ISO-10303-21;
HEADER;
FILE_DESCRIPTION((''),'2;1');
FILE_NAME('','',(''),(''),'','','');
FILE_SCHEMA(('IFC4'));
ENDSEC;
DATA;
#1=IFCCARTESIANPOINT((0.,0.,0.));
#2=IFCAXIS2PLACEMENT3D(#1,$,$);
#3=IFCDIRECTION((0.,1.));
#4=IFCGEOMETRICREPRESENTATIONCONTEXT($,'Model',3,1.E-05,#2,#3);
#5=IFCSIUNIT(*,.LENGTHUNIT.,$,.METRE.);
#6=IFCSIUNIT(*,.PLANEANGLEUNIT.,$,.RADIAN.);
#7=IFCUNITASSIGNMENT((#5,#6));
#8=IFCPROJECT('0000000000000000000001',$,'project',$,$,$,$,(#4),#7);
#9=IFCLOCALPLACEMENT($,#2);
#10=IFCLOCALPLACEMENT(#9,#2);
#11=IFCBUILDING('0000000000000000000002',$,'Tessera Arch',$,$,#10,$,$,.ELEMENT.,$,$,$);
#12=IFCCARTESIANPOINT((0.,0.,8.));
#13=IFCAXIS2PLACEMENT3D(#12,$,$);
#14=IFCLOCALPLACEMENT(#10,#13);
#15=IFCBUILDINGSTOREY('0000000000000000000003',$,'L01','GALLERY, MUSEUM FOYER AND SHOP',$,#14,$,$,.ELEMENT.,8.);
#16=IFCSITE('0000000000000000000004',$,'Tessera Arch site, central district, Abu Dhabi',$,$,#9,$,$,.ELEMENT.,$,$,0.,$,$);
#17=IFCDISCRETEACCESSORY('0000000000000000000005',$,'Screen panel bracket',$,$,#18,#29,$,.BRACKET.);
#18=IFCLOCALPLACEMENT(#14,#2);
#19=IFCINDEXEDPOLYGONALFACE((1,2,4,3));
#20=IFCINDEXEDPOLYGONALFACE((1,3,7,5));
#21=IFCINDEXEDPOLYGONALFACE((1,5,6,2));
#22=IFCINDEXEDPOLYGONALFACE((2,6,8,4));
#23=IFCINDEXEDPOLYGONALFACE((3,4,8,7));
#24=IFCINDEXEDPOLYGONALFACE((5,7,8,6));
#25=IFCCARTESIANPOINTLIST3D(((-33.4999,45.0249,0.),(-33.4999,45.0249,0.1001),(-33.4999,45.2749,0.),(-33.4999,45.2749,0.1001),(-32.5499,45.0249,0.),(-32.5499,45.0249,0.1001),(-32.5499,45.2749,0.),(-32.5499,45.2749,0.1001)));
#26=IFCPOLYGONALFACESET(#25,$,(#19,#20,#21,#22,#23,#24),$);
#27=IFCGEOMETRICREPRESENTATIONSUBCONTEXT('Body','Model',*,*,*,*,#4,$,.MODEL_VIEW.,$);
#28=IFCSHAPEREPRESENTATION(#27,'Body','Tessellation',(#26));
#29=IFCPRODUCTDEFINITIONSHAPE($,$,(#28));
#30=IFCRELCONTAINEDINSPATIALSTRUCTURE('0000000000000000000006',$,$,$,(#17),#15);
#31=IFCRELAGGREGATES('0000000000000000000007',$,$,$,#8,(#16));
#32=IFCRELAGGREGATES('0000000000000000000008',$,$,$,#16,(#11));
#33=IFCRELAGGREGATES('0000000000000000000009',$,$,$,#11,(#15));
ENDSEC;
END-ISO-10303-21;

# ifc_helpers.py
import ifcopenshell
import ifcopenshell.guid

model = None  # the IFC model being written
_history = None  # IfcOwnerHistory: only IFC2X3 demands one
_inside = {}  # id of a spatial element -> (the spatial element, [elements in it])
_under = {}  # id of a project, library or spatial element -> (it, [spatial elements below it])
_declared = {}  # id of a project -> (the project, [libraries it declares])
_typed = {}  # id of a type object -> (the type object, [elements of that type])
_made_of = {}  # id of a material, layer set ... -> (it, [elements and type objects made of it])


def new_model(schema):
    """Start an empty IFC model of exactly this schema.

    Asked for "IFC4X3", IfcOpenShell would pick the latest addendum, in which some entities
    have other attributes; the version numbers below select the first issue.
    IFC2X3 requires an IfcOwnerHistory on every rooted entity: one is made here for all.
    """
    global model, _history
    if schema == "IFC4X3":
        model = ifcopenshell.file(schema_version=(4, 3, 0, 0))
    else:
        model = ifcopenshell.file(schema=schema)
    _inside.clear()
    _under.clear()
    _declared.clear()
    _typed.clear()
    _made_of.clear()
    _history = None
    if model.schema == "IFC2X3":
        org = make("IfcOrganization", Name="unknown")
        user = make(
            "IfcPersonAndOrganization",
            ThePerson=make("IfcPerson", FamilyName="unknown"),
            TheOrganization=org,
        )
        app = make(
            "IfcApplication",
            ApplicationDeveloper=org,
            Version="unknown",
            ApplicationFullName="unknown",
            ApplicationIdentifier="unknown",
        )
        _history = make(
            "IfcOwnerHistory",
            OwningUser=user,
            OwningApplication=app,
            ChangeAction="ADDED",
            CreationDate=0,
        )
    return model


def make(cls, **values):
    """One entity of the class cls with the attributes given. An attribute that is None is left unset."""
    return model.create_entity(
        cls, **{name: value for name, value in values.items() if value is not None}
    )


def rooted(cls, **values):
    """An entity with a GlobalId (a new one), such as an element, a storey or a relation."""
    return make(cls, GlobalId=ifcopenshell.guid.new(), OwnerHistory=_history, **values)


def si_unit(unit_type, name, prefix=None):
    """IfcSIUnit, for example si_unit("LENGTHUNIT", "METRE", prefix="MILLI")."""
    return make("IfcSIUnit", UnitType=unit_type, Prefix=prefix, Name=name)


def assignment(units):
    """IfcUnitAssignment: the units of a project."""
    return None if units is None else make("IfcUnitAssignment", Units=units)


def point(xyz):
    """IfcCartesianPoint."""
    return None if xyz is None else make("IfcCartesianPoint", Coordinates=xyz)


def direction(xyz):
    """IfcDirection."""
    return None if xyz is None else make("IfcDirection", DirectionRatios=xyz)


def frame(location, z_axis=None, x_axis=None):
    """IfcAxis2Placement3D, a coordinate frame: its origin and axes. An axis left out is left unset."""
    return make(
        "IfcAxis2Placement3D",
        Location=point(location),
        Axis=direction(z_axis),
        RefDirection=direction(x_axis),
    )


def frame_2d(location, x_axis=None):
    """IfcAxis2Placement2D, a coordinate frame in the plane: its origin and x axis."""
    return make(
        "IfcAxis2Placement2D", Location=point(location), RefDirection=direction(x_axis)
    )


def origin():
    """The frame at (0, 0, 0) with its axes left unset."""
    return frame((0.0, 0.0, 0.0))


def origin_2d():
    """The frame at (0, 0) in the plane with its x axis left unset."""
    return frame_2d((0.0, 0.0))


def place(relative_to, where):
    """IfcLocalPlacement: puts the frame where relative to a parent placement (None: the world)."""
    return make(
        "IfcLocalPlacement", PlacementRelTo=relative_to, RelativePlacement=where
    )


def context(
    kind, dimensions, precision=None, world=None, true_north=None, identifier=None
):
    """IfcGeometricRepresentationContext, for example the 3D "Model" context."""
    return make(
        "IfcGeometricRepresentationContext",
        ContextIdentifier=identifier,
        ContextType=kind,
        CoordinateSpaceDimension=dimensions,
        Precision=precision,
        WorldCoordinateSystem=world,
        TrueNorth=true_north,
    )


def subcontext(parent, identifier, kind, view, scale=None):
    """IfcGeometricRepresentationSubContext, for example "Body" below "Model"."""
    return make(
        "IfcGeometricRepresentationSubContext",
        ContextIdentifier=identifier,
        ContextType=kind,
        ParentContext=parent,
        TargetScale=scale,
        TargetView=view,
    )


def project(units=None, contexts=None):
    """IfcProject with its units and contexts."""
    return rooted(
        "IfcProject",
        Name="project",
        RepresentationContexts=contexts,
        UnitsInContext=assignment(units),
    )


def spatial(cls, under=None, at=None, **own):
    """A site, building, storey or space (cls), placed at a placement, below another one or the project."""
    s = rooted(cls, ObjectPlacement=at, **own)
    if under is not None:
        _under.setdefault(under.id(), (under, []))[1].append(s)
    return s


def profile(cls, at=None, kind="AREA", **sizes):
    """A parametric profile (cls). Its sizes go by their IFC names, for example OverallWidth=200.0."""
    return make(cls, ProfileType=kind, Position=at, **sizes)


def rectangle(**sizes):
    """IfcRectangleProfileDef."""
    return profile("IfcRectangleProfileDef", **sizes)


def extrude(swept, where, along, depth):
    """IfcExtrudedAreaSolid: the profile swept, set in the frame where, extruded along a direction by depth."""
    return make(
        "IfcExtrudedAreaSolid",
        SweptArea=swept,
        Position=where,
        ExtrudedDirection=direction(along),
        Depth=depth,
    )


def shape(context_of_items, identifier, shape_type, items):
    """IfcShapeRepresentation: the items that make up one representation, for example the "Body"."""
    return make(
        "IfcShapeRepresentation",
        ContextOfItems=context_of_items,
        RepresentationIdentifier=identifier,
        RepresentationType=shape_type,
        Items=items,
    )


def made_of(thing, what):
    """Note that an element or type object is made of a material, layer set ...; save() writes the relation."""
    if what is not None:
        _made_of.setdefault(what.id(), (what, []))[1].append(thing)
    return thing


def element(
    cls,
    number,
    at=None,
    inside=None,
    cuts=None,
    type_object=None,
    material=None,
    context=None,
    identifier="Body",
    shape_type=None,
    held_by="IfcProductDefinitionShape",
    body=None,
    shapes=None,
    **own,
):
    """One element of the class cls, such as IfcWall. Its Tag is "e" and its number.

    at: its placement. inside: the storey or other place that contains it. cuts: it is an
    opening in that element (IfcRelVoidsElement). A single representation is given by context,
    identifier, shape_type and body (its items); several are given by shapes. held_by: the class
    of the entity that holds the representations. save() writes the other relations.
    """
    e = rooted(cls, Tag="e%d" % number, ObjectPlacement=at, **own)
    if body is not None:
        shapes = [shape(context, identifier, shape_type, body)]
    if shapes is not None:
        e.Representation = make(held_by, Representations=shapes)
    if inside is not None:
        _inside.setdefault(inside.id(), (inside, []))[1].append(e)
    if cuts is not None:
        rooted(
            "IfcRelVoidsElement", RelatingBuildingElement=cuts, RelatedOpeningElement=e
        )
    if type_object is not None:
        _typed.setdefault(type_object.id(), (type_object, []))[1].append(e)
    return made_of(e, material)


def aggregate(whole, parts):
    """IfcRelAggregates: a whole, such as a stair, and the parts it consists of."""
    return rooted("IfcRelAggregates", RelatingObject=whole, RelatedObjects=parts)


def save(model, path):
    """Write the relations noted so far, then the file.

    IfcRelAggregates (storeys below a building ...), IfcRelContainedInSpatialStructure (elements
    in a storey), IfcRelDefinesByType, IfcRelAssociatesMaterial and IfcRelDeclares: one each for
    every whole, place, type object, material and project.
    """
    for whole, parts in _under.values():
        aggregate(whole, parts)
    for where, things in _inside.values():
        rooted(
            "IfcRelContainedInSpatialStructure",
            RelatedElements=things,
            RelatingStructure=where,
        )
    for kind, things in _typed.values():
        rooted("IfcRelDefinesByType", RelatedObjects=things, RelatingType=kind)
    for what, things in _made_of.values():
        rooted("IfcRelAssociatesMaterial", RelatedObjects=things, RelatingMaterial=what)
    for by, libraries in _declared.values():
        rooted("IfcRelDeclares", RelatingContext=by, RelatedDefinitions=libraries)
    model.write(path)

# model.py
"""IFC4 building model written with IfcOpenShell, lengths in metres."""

from ifc_helpers import new_model, si_unit, direction, frame, origin, origin_2d, place, context, subcontext, project, spatial, rectangle, extrude, element, save


model = new_model("IFC4")

# Units and contexts
model_context = context("Model", 3, precision=1e-05, world=origin(), true_north=direction((0.0, 1.0)))
body_context = subcontext(model_context, "Body", "Model", "MODEL_VIEW")
ifc_project = project(units=[si_unit("LENGTHUNIT", "METRE"), si_unit("PLANEANGLEUNIT", "RADIAN")], contexts=[model_context])

# Site, building, storey
site_placement = place(None, origin())
site = spatial("IfcSite", under=ifc_project, at=site_placement, Name="Tessera Arch site, central district, Abu Dhabi", CompositionType="ELEMENT", RefElevation=0.0)
building_placement = place(site_placement, origin())
building = spatial("IfcBuilding", under=site, at=building_placement, Name="Tessera Arch", CompositionType="ELEMENT")
storey_placement = place(building_placement, frame((0.0, 0.0, 8.0)))
storey = spatial("IfcBuildingStorey", under=building, at=storey_placement, Name="L01", Description="GALLERY, MUSEUM FOYER AND SHOP", CompositionType="ELEMENT", Elevation=8.0)

# Discrete accessory
for number, where, z_axis, x_axis, name in (
    (1, (-33.0249, 45.1499, 0.0), (0.0, 0.0, 1.0), (-1.0, 0.0, 0.0), "Screen panel bracket"),
):
    element("IfcDiscreteAccessory", number, at=place(storey_placement, frame(where, z_axis=z_axis, x_axis=x_axis)), inside=storey, Name=name, PredefinedType="BRACKET", context=body_context, shape_type="SweptSolid", body=[
        extrude(rectangle(XDim=0.95, YDim=0.25, at=origin_2d()), origin(), (0.0, 0.0, 1.0), 0.1001),
    ])

save(model, "model.ifc")
